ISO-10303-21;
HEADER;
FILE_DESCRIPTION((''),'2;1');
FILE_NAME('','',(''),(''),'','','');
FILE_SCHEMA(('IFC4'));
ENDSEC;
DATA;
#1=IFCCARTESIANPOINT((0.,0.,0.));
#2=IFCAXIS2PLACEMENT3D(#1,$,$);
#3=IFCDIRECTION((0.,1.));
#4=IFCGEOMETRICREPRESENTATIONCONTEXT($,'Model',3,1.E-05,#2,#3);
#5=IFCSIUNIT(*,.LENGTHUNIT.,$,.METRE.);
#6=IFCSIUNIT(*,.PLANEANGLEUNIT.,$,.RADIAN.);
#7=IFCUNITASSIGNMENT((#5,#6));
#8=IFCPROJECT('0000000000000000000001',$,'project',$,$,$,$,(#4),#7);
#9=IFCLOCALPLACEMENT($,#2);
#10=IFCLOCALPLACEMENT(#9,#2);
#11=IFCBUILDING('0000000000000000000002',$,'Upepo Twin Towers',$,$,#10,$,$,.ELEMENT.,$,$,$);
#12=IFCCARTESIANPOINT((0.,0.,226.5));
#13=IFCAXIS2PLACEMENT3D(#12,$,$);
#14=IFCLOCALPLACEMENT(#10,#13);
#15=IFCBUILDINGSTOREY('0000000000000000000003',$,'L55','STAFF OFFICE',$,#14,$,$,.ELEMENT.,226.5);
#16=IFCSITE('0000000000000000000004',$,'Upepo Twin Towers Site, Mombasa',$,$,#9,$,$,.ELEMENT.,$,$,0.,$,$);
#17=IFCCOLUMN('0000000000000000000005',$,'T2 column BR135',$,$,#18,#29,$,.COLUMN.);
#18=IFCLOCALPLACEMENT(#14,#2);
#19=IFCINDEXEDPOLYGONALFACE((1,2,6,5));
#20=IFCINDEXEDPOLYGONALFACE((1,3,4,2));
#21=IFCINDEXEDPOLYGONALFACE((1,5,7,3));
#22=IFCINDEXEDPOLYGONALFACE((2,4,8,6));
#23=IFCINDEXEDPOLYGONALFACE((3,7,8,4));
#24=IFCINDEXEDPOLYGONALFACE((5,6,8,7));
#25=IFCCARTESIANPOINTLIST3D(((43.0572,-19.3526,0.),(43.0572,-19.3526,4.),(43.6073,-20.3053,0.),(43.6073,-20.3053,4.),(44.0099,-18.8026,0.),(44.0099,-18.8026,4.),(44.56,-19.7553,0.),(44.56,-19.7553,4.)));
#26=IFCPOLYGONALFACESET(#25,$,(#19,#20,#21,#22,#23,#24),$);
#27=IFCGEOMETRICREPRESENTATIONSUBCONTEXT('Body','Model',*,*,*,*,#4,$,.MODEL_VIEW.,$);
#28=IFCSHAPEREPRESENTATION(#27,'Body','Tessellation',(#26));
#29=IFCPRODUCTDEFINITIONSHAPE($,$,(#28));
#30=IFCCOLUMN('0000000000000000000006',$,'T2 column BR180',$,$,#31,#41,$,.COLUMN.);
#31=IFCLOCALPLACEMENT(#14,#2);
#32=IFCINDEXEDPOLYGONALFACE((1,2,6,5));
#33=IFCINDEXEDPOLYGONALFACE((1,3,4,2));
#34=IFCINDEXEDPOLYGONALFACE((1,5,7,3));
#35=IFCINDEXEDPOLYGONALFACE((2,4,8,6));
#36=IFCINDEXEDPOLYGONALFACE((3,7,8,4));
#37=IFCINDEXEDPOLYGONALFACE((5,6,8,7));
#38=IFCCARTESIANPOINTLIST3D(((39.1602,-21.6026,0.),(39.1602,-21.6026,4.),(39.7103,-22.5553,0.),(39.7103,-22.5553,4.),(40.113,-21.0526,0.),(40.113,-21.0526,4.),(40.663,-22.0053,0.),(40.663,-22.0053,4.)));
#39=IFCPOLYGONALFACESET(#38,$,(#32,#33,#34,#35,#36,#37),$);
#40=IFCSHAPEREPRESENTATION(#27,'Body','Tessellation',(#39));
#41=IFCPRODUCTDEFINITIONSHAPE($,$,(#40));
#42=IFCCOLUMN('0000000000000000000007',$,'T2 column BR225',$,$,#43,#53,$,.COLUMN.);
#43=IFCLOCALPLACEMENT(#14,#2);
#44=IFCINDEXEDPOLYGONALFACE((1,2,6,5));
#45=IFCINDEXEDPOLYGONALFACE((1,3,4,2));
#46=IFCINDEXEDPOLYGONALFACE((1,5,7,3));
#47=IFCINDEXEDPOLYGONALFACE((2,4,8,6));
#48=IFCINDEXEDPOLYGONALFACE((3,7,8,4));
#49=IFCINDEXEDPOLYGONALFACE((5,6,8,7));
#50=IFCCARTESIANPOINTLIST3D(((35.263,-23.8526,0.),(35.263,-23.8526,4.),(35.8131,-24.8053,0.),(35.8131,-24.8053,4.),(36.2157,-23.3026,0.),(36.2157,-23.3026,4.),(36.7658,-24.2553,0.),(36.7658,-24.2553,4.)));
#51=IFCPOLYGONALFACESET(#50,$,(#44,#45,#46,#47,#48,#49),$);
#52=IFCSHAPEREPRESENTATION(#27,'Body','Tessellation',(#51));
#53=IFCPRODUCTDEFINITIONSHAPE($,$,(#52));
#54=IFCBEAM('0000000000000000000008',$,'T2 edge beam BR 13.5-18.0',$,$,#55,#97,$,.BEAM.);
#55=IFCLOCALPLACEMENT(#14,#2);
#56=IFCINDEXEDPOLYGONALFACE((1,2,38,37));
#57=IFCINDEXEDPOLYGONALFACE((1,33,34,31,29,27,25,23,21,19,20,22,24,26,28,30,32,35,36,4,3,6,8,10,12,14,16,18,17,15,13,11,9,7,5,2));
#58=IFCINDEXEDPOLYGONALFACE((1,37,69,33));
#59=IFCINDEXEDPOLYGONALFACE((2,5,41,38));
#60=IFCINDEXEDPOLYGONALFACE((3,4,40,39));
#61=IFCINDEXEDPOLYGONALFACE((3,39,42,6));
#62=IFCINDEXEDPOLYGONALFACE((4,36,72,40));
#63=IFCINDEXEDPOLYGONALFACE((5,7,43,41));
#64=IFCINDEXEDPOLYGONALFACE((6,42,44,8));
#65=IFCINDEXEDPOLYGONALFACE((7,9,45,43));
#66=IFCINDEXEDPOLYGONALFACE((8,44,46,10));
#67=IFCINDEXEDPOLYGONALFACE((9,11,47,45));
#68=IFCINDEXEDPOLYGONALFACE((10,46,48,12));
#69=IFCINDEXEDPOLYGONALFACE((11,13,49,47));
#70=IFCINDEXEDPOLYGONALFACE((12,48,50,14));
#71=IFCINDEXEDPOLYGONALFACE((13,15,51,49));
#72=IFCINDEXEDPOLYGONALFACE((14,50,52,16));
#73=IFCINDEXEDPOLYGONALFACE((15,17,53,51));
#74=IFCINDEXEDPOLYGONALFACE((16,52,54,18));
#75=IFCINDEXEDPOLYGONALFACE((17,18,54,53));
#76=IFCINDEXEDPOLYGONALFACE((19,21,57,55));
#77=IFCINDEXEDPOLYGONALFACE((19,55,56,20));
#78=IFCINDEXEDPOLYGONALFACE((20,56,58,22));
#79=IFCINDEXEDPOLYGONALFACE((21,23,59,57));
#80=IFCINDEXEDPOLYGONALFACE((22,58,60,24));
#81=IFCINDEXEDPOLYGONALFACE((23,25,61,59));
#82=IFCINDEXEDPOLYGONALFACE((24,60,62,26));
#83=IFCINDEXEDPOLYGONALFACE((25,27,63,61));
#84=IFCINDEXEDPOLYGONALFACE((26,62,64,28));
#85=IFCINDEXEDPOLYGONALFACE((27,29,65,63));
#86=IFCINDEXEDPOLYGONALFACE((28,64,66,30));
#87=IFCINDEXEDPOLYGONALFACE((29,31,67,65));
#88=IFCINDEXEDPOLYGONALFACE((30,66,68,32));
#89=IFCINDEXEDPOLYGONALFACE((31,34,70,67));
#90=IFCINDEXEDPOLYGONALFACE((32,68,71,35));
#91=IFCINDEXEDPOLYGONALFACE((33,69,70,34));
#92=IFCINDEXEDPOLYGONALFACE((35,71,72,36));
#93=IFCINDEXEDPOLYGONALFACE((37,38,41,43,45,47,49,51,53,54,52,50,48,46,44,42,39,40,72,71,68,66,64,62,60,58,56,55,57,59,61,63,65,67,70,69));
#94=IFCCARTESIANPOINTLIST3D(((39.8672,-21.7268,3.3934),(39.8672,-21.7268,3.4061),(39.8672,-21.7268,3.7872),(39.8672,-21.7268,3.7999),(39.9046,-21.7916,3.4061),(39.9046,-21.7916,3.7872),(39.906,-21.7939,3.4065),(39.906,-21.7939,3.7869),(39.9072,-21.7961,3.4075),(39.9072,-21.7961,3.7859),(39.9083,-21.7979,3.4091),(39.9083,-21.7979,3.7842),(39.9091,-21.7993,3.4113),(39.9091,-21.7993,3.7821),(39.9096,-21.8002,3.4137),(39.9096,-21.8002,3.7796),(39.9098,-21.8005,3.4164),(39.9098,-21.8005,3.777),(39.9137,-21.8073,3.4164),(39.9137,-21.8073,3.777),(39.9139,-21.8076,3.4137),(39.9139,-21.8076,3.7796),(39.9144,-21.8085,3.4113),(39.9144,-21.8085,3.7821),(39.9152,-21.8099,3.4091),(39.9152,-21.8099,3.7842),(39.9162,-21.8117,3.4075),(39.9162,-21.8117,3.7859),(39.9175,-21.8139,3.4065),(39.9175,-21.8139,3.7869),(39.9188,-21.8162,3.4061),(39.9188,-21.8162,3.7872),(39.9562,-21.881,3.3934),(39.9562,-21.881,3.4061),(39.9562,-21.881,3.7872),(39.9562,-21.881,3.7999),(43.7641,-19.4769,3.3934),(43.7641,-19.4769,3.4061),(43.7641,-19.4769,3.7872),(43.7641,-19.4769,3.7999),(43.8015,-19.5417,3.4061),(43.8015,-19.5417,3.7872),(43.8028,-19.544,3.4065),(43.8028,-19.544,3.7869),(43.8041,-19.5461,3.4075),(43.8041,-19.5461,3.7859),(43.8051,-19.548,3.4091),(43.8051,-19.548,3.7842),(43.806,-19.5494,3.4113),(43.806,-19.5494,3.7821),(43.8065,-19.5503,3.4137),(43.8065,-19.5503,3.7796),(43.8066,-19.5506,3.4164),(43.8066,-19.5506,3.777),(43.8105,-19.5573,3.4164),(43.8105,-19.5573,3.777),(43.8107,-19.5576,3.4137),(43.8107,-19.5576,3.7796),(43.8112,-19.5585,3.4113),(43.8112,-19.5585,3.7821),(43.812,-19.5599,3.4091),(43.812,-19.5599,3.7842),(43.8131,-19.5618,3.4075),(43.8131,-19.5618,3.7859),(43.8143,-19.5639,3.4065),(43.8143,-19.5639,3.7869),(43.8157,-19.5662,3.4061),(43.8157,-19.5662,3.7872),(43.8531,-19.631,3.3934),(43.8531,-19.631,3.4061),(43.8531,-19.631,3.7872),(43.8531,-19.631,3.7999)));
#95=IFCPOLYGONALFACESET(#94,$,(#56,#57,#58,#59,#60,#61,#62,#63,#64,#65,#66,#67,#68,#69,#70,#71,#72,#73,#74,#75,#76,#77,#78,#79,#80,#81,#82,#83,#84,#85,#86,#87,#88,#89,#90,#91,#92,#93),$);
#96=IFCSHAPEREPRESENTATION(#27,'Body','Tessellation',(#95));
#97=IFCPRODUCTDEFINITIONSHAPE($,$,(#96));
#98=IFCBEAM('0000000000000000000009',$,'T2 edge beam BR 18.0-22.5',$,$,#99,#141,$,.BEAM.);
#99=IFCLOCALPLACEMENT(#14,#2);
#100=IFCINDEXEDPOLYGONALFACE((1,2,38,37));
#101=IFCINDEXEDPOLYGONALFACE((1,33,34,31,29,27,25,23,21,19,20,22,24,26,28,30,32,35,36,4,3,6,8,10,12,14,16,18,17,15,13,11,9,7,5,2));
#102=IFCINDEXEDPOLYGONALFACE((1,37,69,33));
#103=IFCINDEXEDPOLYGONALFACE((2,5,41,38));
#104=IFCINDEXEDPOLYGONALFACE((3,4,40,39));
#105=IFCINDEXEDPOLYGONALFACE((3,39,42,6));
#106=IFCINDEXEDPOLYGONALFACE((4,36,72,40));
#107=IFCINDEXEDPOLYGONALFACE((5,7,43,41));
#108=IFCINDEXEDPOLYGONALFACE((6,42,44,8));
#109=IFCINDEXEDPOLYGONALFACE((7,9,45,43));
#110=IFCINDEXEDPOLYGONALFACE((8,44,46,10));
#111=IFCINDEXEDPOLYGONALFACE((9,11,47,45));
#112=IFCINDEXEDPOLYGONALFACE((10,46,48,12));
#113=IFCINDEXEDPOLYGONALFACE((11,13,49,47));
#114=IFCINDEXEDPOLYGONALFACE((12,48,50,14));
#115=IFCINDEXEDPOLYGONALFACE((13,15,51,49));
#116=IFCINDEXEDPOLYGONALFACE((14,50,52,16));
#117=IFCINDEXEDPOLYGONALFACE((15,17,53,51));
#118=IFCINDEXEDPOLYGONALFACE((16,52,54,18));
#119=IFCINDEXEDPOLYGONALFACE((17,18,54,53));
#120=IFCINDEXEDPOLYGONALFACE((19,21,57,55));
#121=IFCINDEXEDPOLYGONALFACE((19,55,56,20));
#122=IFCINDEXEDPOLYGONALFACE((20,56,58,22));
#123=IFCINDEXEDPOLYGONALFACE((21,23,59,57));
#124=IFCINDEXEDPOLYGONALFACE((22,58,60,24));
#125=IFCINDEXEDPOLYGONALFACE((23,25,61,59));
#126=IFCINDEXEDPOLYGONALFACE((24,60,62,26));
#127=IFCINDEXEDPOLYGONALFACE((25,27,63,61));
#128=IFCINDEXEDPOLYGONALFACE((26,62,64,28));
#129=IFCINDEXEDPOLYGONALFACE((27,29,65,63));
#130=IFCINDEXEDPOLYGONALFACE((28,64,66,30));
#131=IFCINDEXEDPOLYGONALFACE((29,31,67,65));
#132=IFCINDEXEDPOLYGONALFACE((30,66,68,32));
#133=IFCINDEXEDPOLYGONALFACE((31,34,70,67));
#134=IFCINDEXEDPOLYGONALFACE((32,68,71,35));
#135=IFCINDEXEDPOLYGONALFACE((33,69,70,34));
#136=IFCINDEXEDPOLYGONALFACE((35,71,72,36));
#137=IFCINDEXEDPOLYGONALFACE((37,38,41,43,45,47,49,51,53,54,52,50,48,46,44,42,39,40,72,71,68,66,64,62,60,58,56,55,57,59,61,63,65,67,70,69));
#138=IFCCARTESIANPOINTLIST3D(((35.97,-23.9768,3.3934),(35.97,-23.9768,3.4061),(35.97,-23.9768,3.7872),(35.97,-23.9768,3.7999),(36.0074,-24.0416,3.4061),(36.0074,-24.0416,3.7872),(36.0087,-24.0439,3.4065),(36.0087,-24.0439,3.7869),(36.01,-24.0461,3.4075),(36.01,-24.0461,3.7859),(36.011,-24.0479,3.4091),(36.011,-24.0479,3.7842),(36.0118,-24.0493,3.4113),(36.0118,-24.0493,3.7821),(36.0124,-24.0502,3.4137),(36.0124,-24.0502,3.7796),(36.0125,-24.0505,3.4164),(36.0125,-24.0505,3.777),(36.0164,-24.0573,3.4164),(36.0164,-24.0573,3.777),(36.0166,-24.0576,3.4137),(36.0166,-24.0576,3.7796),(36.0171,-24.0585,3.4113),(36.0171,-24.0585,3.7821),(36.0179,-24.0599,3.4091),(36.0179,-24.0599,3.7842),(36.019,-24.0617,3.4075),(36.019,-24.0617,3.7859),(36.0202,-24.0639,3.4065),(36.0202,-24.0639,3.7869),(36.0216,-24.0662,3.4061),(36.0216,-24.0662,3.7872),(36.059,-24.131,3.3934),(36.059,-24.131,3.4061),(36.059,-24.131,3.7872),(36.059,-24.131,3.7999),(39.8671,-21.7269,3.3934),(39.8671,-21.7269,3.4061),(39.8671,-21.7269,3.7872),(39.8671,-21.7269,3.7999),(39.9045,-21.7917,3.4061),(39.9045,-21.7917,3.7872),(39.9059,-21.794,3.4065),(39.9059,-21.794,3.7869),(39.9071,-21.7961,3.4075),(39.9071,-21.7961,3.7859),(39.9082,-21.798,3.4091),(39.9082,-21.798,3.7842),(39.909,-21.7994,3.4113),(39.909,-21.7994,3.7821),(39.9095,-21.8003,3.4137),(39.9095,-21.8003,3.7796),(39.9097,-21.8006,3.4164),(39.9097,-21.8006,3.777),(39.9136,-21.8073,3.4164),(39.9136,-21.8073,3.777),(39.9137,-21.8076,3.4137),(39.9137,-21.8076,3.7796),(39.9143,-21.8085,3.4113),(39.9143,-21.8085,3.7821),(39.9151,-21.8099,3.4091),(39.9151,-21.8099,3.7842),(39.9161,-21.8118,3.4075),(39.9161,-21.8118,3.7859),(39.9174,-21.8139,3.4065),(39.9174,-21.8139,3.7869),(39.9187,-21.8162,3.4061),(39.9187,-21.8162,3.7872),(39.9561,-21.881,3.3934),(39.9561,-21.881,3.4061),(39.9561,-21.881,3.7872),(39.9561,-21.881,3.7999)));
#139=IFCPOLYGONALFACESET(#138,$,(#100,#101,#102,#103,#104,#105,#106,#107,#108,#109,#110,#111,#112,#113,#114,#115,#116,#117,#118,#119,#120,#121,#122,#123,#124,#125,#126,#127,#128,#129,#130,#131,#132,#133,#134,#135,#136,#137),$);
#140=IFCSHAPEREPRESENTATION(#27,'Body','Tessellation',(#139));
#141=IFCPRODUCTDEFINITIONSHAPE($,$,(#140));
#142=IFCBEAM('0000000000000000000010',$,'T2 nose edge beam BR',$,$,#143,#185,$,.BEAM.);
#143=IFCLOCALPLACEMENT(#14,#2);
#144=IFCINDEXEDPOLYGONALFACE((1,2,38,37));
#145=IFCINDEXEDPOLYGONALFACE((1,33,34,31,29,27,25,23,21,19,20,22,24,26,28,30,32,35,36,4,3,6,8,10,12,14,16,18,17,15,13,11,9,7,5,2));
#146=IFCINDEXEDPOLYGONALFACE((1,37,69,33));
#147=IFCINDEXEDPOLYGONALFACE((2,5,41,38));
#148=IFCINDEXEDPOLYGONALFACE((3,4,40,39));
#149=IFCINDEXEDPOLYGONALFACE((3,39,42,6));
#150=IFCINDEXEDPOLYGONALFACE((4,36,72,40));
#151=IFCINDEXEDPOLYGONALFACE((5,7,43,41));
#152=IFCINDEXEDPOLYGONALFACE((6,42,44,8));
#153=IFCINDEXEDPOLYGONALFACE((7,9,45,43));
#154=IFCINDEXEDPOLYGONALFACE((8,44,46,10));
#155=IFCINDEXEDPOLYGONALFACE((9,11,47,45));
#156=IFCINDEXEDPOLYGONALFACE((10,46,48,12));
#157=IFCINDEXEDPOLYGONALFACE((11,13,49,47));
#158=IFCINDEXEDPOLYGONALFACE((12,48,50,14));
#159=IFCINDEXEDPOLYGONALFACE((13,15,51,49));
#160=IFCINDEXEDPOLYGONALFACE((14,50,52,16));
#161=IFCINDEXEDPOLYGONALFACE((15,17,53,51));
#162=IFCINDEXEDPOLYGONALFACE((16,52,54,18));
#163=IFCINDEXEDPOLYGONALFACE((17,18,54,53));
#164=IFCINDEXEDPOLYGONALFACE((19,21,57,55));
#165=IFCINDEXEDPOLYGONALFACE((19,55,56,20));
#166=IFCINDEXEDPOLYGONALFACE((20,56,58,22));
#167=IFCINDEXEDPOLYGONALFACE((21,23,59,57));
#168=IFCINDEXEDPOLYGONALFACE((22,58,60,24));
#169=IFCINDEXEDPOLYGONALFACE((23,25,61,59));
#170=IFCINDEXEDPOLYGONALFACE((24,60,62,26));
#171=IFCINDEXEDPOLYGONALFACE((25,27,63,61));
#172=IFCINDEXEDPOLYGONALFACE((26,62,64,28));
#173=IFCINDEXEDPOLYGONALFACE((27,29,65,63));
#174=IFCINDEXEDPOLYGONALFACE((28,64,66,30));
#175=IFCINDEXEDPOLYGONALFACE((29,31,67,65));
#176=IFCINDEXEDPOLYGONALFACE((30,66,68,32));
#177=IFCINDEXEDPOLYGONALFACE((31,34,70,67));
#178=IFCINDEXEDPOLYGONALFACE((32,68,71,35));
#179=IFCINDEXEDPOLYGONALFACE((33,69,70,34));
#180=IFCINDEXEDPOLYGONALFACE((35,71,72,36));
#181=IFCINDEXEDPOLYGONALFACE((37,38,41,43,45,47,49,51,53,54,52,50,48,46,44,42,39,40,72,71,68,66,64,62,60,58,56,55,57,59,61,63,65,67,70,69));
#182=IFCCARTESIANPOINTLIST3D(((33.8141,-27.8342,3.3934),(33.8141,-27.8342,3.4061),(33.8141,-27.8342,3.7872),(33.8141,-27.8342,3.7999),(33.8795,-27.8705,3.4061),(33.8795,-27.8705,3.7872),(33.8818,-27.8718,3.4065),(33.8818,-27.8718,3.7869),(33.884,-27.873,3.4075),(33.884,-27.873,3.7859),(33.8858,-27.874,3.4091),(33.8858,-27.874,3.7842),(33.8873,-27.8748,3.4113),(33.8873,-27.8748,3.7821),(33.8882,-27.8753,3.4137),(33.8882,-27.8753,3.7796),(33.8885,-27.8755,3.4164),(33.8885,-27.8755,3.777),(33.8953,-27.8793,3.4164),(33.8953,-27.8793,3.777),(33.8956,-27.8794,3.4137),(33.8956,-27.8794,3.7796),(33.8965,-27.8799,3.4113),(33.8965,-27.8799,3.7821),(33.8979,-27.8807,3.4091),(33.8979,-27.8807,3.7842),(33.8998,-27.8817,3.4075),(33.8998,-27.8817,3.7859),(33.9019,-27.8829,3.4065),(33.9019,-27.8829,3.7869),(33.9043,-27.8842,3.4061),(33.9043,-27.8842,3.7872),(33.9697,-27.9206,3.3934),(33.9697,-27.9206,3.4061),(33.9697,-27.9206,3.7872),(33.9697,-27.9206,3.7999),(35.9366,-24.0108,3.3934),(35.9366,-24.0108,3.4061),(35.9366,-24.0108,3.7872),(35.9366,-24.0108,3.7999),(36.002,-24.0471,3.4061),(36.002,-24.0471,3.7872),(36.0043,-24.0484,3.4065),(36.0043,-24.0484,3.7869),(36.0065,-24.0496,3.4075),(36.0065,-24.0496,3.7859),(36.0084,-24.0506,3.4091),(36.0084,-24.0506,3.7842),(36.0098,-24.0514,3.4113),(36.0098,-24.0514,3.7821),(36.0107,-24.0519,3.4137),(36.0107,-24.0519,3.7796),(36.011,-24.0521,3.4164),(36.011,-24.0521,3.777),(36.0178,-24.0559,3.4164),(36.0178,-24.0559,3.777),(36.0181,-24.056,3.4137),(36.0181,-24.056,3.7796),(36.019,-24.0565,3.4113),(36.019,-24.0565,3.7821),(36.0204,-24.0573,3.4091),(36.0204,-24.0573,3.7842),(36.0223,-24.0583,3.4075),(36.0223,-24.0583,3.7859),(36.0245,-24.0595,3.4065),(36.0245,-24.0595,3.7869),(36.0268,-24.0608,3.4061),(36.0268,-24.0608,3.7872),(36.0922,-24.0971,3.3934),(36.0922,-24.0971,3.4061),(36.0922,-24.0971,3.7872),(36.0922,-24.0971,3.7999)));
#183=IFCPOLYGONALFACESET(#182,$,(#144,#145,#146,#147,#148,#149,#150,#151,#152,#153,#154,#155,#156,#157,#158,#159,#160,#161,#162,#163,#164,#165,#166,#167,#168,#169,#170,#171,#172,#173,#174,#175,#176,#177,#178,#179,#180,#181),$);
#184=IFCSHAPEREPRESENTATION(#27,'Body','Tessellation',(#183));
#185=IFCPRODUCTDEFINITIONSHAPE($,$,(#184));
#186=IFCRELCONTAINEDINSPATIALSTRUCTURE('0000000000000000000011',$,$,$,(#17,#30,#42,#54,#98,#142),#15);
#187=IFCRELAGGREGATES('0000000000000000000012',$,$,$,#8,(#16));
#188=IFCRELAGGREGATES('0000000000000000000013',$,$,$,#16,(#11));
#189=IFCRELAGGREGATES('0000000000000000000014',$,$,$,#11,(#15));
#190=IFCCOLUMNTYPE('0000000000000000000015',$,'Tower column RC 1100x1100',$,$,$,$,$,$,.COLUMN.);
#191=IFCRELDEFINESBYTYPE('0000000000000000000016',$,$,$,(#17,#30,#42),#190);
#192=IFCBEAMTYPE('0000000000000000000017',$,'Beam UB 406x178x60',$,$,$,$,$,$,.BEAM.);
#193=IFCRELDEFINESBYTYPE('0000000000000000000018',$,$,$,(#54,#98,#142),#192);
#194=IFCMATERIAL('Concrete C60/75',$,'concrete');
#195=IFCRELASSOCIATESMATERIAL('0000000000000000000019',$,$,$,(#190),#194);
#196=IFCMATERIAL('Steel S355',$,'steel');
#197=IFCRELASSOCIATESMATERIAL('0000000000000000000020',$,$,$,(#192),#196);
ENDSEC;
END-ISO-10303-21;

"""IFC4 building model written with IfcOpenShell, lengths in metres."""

from ifc_helpers import new_model, si_unit, direction, frame, origin, origin_2d, place, context, subcontext, project, spatial, rectangle, i_section, extrude, material, material_profile, profile_set, type_object, element, save


model = new_model("IFC4")

# Units and contexts
model_context = context("Model", 3, precision=1e-05, world=origin(), true_north=direction((0.0, 1.0)))
body_context = subcontext(model_context, "Body", "Model", "MODEL_VIEW")
ifc_project = project(units=[si_unit("LENGTHUNIT", "METRE"), si_unit("PLANEANGLEUNIT", "RADIAN")], contexts=[model_context])

# Site, building, storey
site_placement = place(None, origin())
site = spatial("IfcSite", under=ifc_project, at=site_placement, Name="Upepo Twin Towers Site, Mombasa", CompositionType="ELEMENT", RefElevation=0.0)
building_placement = place(site_placement, origin())
building = spatial("IfcBuilding", under=site, at=building_placement, Name="Upepo Twin Towers", CompositionType="ELEMENT")
storey_placement = place(building_placement, frame((0.0, 0.0, 226.5)))
storey = spatial("IfcBuildingStorey", under=building, at=storey_placement, Name="L55", Description="STAFF OFFICE", CompositionType="ELEMENT", Elevation=226.5)

# Columns
ifc_material_1 = material(Name="Concrete C60/75", Category="concrete")
ifc_material_profile_1 = material_profile(ifc_material_1, rectangle(XDim=1.1001, YDim=1.1001, at=origin_2d()), Name="RC 1100x1100")
ifc_profile_set_1 = profile_set([ifc_material_profile_1], Name="Concrete C60/75")
column_type = type_object("IfcColumnType", Name="Tower column RC 1100x1100", PredefinedType="COLUMN", material=ifc_profile_set_1)
for number, where, z_axis, x_axis, name in (
    (1, (43.8086, -19.554, 0.0), (0.0, 0.0, 1.0), (0.866025, 0.5, 0.0), "T2 column BR135"),
    (2, (39.9116, -21.804, 0.0), (0.0, 0.0, 1.0), (0.866025, 0.5, 0.0), "T2 column BR180"),
    (3, (36.0144, -24.054, 0.0), (0.0, 0.0, 1.0), (0.866025, 0.5, 0.0), "T2 column BR225"),
):
    element("IfcColumn", number, at=place(storey_placement, frame(where, z_axis=z_axis, x_axis=x_axis)), inside=storey, type_object=column_type, Name=name, PredefinedType="COLUMN", context=body_context, shape_type="SweptSolid", body=[
        extrude(rectangle(XDim=1.1001, YDim=1.1001, at=origin_2d()), origin(), (0.0, 0.0, 1.0), 4.0),
    ])

# Beams
ifc_material_2 = material(Name="Steel S355", Category="steel")
ifc_material_profile_2 = material_profile(ifc_material_2, i_section(OverallWidth=0.178, OverallDepth=0.4065, WebThickness=0.0078, FlangeThickness=0.0127, FilletRadius=0.0103, at=origin_2d()), Name="UB 406x178x60")
ifc_profile_set_2 = profile_set([ifc_material_profile_2], Name="Steel S355")
beam_type_1 = type_object("IfcBeamType", Name="Beam UB 406x178x60", PredefinedType="BEAM", material=ifc_profile_set_2)
beam_1_placement = place(storey_placement, frame((43.8086, -19.554, 3.5967), z_axis=(-0.866018, -0.500014, 0.0), x_axis=(0.500014, -0.866018, 0.0)))
element("IfcBeam", 4, at=beam_1_placement, inside=storey, type_object=beam_type_1, Name="T2 edge beam BR 13.5-18.0", PredefinedType="BEAM", context=body_context, shape_type="SweptSolid", body=[
    extrude(i_section(OverallWidth=0.178, OverallDepth=0.4065, WebThickness=0.0078, FlangeThickness=0.0127, FilletRadius=0.0103, at=origin_2d()), origin(), (0.0, 0.0, 1.0), 4.4998),
])
beam_2_placement = place(storey_placement, frame((39.9116, -21.804, 3.5967), z_axis=(-0.866031, -0.49999, 0.0), x_axis=(0.49999, -0.866031, 0.0)))
element("IfcBeam", 5, at=beam_2_placement, inside=storey, type_object=beam_type_1, Name="T2 edge beam BR 18.0-22.5", PredefinedType="BEAM", context=body_context, shape_type="SweptSolid", body=[
    extrude(i_section(OverallWidth=0.178, OverallDepth=0.4065, WebThickness=0.0078, FlangeThickness=0.0127, FilletRadius=0.0103, at=origin_2d()), origin(), (0.0, 0.0, 1.0), 4.5),
])
beam_3_placement = place(storey_placement, frame((36.0144, -24.054, 3.5967), z_axis=(-0.485363, -0.874313, 0.0), x_axis=(0.874313, -0.485363, 0.0)))
element("IfcBeam", 6, at=beam_3_placement, inside=storey, type_object=beam_type_1, Name="T2 nose edge beam BR", PredefinedType="BEAM", context=body_context, shape_type="SweptSolid", body=[
    extrude(i_section(OverallWidth=0.178, OverallDepth=0.4065, WebThickness=0.0078, FlangeThickness=0.0127, FilletRadius=0.0103, at=origin_2d()), origin(), (0.0, 0.0, 1.0), 4.373),
])

save(model, "model.ifc")
